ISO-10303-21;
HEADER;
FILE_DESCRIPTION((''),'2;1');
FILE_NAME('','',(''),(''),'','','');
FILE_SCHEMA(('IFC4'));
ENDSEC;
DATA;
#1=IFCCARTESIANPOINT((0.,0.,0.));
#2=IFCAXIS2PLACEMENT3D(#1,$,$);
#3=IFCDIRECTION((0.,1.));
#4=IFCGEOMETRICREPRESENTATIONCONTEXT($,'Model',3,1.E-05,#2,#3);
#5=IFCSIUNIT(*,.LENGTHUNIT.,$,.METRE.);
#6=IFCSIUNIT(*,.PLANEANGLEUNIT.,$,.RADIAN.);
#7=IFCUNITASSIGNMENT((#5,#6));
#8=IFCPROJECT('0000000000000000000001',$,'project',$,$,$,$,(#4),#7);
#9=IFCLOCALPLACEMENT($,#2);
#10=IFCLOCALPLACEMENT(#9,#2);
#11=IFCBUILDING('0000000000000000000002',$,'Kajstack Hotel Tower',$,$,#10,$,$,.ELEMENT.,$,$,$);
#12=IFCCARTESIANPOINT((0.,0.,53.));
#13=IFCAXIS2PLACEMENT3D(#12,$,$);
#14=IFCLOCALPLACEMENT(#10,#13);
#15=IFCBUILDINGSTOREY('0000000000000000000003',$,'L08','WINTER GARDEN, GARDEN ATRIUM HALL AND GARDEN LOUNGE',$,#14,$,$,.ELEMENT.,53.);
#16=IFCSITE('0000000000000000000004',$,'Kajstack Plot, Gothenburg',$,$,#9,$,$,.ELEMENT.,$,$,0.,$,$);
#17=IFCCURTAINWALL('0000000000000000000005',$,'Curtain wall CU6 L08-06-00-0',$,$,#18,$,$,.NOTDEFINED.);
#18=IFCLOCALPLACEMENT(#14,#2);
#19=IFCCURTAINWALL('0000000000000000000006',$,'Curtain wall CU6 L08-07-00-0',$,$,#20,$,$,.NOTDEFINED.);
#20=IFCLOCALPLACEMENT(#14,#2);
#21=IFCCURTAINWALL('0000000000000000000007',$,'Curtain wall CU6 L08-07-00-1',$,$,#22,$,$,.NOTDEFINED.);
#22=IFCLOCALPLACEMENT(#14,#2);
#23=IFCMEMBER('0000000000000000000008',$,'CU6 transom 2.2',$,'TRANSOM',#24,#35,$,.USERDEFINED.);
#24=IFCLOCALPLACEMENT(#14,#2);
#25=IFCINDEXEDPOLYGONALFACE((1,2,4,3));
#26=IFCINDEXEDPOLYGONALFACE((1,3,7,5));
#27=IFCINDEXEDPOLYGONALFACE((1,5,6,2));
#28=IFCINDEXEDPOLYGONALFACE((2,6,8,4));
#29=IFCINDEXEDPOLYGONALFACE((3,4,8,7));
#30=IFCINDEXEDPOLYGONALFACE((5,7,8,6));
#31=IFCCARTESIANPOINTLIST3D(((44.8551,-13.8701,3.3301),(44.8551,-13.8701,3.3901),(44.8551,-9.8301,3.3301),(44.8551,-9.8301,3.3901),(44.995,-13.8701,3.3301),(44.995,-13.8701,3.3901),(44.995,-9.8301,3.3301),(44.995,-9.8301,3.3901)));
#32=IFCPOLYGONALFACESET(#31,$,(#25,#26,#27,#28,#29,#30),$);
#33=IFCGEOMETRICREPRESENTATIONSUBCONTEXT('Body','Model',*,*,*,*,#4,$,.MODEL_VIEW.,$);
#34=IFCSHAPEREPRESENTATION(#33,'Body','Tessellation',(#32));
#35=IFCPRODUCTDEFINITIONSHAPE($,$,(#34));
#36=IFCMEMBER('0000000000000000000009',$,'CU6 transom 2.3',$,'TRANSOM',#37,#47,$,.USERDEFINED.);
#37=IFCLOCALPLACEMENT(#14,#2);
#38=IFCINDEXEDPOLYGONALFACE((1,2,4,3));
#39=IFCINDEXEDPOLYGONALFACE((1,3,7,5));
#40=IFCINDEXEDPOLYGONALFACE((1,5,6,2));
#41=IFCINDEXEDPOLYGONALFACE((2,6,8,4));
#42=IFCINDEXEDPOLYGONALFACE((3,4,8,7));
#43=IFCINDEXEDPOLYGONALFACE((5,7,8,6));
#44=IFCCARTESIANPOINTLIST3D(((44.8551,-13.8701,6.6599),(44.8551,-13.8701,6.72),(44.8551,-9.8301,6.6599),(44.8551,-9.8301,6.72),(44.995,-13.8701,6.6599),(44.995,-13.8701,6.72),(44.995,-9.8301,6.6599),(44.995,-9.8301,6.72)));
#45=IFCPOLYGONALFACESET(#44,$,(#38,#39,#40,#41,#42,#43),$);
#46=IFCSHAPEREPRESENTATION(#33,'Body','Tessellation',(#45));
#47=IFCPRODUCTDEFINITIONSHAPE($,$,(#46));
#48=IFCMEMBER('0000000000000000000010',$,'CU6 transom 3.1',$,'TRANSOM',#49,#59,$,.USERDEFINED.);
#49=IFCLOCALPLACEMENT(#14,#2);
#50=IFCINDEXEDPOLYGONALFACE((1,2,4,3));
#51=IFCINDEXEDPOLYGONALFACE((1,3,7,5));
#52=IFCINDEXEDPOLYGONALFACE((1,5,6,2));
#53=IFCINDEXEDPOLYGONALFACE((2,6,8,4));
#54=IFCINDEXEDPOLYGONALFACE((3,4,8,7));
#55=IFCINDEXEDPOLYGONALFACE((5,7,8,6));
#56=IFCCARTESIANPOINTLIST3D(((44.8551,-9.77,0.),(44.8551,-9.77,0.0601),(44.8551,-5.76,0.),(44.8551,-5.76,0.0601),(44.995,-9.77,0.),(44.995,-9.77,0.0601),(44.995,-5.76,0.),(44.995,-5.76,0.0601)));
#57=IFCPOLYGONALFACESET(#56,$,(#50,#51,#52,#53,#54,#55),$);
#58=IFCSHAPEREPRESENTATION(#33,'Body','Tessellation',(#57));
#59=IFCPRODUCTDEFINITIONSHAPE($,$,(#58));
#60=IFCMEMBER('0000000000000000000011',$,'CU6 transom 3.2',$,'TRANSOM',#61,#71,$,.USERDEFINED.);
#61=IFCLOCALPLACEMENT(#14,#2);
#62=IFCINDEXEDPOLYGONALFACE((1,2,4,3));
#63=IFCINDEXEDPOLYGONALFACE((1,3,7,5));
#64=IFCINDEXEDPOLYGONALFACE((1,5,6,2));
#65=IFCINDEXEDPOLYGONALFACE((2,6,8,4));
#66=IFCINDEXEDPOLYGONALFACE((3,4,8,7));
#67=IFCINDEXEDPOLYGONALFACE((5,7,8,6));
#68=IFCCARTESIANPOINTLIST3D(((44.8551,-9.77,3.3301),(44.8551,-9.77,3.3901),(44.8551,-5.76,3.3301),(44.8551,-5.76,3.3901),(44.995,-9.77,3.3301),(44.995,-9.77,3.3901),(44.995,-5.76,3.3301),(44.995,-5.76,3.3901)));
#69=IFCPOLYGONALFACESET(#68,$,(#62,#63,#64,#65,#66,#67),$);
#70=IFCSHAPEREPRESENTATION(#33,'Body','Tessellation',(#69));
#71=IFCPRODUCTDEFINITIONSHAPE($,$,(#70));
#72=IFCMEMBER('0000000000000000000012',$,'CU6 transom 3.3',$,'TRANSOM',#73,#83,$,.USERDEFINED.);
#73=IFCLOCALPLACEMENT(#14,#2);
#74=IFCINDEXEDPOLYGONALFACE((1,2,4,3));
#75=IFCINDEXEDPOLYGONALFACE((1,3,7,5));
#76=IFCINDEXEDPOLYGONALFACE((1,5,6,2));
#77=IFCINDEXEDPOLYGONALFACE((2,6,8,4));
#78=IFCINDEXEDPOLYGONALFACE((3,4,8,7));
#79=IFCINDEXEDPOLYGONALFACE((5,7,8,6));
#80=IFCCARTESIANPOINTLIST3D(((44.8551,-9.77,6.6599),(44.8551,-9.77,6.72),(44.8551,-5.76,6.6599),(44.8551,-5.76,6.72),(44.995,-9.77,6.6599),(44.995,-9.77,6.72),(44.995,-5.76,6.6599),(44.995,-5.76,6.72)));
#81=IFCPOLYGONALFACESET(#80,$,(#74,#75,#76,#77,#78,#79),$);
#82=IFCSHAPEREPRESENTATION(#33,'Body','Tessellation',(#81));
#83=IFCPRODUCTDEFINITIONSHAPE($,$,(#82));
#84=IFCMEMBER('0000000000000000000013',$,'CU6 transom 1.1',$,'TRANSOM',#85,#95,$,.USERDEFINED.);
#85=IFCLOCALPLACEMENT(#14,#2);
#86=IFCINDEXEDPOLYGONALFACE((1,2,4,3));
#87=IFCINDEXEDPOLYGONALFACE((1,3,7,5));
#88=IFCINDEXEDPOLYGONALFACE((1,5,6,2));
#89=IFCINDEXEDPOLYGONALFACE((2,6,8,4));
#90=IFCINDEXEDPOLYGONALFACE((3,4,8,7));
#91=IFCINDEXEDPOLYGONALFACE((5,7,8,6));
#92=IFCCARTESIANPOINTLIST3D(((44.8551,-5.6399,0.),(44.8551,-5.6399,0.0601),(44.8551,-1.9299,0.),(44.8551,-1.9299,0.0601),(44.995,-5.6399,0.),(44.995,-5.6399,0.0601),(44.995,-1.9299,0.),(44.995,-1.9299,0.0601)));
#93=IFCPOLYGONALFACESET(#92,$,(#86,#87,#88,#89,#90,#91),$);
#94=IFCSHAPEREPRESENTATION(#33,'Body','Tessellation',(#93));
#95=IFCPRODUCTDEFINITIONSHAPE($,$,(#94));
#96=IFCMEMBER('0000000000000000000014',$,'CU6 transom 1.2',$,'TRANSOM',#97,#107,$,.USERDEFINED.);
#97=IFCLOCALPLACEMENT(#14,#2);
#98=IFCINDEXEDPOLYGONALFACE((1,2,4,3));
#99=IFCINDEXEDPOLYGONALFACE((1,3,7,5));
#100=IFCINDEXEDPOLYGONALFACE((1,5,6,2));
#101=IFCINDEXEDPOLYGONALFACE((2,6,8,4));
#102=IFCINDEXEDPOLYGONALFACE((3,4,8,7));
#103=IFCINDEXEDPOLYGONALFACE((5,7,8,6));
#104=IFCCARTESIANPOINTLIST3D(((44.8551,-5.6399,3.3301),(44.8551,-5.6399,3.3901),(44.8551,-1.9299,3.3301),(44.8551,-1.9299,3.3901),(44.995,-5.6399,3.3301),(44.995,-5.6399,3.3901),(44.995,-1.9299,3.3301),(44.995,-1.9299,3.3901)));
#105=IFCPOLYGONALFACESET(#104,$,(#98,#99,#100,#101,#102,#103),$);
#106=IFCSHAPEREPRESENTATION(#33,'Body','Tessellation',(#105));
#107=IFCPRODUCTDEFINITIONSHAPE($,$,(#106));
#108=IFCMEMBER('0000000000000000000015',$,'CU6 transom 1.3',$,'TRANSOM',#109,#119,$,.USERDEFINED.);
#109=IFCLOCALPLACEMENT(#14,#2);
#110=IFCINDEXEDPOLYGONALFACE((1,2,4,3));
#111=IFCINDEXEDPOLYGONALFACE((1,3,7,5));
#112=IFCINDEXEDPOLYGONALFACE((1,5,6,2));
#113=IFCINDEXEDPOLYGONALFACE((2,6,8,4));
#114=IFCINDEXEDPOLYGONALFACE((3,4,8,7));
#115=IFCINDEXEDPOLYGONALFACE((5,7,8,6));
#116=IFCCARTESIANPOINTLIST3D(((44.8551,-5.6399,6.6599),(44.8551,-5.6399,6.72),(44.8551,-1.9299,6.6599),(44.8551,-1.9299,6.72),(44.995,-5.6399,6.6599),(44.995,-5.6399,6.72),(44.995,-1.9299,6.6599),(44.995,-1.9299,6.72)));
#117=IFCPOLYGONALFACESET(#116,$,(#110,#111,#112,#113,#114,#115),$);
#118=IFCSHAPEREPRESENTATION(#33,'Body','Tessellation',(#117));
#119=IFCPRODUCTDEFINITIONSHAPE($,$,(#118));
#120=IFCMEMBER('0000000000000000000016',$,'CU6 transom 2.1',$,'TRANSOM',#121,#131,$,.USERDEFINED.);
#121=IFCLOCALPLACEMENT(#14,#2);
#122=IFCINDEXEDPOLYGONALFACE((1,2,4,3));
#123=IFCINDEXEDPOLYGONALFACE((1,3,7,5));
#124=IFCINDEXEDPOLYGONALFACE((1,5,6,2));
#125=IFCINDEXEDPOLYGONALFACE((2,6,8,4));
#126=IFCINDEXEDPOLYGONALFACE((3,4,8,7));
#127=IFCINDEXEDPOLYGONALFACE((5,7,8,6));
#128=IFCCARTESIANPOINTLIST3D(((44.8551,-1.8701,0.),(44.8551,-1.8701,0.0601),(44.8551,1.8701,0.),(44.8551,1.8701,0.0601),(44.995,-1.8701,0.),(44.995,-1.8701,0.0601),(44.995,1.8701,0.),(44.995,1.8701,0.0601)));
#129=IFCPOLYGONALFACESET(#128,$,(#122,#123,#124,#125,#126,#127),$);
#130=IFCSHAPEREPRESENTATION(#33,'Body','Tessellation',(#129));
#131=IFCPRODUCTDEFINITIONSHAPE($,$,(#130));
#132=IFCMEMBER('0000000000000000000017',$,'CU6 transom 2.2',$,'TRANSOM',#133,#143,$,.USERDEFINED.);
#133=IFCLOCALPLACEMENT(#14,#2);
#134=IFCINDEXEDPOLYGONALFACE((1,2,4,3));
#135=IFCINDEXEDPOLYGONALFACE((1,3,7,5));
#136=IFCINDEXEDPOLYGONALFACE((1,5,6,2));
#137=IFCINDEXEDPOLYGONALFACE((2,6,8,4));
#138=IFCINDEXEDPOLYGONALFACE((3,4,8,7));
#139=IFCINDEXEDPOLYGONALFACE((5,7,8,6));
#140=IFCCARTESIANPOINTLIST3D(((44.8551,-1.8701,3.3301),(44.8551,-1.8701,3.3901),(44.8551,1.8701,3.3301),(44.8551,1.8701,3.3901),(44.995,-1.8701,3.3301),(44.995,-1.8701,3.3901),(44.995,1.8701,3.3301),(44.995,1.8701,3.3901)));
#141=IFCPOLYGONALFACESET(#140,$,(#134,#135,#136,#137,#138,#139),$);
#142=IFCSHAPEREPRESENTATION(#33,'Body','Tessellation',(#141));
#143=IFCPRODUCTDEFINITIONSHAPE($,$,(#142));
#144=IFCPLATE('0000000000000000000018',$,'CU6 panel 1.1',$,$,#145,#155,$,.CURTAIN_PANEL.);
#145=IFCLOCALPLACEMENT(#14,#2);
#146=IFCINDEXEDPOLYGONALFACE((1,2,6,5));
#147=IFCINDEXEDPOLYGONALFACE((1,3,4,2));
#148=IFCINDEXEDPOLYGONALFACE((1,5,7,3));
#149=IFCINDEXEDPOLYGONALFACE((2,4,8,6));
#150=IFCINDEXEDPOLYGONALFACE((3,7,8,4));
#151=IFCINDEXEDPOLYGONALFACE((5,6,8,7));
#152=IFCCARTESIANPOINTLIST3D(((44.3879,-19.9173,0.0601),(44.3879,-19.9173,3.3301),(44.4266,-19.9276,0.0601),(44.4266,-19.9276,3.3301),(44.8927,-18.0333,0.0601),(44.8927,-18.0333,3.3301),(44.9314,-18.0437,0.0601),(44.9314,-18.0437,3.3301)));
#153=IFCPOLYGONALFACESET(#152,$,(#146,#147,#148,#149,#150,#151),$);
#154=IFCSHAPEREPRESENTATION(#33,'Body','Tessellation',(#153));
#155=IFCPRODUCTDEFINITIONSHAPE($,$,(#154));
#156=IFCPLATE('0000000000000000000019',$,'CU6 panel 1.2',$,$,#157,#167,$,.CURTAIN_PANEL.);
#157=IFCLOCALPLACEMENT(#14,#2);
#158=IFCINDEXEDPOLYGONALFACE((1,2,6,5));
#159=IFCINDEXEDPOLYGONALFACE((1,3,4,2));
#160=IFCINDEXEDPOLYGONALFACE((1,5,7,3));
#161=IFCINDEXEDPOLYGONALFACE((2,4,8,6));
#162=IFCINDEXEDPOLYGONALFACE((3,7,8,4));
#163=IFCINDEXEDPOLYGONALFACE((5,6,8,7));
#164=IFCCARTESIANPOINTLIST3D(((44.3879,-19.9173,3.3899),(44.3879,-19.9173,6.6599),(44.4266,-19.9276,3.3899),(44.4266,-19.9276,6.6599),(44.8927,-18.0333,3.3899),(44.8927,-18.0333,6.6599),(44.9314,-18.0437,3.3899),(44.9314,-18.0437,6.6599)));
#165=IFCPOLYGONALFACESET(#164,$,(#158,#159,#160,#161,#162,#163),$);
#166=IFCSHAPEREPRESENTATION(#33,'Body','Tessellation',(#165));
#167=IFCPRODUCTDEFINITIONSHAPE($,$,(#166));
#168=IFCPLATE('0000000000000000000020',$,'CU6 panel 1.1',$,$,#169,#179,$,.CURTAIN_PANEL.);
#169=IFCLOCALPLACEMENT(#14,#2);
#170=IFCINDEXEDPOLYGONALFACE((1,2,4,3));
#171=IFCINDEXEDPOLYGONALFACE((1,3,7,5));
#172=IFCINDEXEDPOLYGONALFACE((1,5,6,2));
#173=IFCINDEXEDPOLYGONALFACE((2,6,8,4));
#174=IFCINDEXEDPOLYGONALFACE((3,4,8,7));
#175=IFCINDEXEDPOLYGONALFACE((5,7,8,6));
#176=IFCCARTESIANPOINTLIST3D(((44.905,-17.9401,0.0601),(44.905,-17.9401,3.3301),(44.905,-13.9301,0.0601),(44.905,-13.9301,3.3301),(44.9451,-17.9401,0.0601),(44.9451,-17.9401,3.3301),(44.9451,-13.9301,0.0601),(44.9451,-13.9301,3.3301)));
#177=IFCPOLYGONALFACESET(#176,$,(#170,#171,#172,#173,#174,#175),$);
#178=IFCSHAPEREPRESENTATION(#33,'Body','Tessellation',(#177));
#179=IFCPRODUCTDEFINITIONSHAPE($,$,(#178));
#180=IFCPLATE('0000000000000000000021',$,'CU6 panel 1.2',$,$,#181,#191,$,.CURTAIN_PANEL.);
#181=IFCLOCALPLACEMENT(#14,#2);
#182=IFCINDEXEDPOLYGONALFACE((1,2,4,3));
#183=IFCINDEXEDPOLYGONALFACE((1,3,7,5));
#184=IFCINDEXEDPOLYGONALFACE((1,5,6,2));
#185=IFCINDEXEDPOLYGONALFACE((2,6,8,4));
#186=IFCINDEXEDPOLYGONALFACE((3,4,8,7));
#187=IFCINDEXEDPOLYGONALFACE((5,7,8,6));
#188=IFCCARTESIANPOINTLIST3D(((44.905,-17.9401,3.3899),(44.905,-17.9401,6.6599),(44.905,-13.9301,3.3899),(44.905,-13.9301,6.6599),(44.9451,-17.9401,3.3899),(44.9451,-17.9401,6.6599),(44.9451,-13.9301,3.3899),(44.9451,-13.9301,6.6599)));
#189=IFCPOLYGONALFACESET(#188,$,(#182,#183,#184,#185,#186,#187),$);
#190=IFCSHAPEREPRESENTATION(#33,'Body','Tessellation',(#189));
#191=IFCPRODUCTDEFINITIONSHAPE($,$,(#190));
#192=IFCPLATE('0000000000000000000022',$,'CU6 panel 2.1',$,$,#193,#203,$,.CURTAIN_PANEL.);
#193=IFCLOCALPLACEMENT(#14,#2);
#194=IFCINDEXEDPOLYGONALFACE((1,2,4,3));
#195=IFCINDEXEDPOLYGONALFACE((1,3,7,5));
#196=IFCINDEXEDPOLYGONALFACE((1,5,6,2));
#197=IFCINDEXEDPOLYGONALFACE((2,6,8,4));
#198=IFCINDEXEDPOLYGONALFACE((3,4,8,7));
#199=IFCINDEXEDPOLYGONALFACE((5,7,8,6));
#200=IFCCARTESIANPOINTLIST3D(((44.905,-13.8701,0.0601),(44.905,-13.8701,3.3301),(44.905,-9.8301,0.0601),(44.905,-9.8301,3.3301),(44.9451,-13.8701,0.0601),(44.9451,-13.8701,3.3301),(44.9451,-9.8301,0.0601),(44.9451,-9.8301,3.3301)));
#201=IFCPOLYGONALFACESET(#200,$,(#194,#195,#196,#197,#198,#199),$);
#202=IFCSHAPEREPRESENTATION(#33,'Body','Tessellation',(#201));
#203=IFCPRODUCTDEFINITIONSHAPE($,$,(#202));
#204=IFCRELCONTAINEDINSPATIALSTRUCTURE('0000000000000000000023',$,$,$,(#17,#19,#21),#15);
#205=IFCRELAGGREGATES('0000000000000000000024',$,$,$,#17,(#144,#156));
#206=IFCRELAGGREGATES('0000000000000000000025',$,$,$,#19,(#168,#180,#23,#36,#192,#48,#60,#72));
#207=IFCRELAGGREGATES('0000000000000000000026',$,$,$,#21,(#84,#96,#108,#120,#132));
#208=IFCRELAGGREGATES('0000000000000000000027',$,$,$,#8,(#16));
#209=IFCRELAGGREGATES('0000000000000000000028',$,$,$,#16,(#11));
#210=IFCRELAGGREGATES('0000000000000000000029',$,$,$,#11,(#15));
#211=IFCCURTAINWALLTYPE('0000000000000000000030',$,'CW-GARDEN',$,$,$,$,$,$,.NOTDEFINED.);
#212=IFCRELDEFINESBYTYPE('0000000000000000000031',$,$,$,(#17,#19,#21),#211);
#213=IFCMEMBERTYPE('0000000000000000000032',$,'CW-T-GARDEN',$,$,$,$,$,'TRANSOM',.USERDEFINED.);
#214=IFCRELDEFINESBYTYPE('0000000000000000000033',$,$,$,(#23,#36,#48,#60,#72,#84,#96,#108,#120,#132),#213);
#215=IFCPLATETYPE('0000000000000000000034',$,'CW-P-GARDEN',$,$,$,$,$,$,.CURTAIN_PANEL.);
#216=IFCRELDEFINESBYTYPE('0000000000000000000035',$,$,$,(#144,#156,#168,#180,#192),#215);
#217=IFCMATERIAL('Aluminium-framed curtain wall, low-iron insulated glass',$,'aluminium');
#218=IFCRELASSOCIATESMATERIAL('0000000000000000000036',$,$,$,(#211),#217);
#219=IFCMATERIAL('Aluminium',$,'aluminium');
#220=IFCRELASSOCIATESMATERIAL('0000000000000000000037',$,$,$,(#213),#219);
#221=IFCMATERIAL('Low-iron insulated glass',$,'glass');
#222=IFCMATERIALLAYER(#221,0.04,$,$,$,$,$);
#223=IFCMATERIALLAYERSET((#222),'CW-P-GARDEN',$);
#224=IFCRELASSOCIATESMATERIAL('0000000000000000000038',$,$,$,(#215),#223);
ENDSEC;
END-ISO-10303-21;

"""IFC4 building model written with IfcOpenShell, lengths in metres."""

from ifc_helpers import new_model, si_unit, direction, frame, origin, origin_2d, place, context, subcontext, project, spatial, rectangle, extrude, material, layer, layer_set, material_profile, profile_set, type_object, element, aggregate, save


model = new_model("IFC4")

# Units and contexts
model_context = context("Model", 3, precision=1e-05, world=origin(), true_north=direction((0.0, 1.0)))
body_context = subcontext(model_context, "Body", "Model", "MODEL_VIEW")
ifc_project = project(units=[si_unit("LENGTHUNIT", "METRE"), si_unit("PLANEANGLEUNIT", "RADIAN")], contexts=[model_context])

# Site, building, storey
site_placement = place(None, origin())
site = spatial("IfcSite", under=ifc_project, at=site_placement, Name="Kajstack Plot, Gothenburg", CompositionType="ELEMENT", RefElevation=0.0)
building_placement = place(site_placement, origin())
building = spatial("IfcBuilding", under=site, at=building_placement, Name="Kajstack Hotel Tower", CompositionType="ELEMENT")
storey_placement = place(building_placement, frame((0.0, 0.0, 53.0)))
storey = spatial("IfcBuildingStorey", under=building, at=storey_placement, Name="L08", Description="WINTER GARDEN, GARDEN ATRIUM HALL AND GARDEN LOUNGE", CompositionType="ELEMENT", Elevation=53.0)

# Curtain wall
ifc_material_1 = material(Name="Aluminium-framed curtain wall, low-iron insulated glass", Category="aluminium")
curtain_wall_type = type_object("IfcCurtainWallType", Name="CW-GARDEN", PredefinedType="NOTDEFINED", material=ifc_material_1)
curtain_wall_1_placement = place(storey_placement, origin())
curtain_wall_1 = element("IfcCurtainWall", 1, at=curtain_wall_1_placement, inside=storey, type_object=curtain_wall_type, Name="Curtain wall CU6 L08-06-00-0", PredefinedType="NOTDEFINED")
ifc_material_2 = material(Name="Aluminium", Category="aluminium")

# Curtain walls
curtain_wall_2_placement = place(storey_placement, origin())
curtain_wall_2 = element("IfcCurtainWall", 2, at=curtain_wall_2_placement, inside=storey, type_object=curtain_wall_type, Name="Curtain wall CU6 L08-07-00-0", PredefinedType="NOTDEFINED")
curtain_wall_3_placement = place(storey_placement, origin())
curtain_wall_3 = element("IfcCurtainWall", 3, at=curtain_wall_3_placement, inside=storey, type_object=curtain_wall_type, Name="Curtain wall CU6 L08-07-00-1", PredefinedType="NOTDEFINED")

# Members
ifc_material_profile_1 = material_profile(ifc_material_2, rectangle(XDim=0.1399, YDim=0.0601, at=origin_2d()), Name="Aluminium transom 140 x 60")
ifc_profile_set_1 = profile_set([ifc_material_profile_1], Name="Aluminium")
member_type_1 = type_object("IfcMemberType", Name="CW-T-GARDEN", ElementType="TRANSOM", PredefinedType="USERDEFINED", material=ifc_profile_set_1)
member_1_placement = place(storey_placement, frame((44.925, -13.8701, 3.3601), z_axis=(0.0, 1.0, 0.0), x_axis=(-1.0, 0.0, 0.0)))
member_1 = element("IfcMember", 4, at=member_1_placement, type_object=member_type_1, Name="CU6 transom 2.2", ObjectType="TRANSOM", PredefinedType="USERDEFINED", context=body_context, shape_type="SweptSolid", body=[
    extrude(rectangle(XDim=0.1399, YDim=0.0601, at=origin_2d()), origin(), (0.0, 0.0, 1.0), 4.04),
])
member_2_placement = place(storey_placement, frame((44.925, -13.8701, 6.6899), z_axis=(0.0, 1.0, 0.0), x_axis=(-1.0, 0.0, 0.0)))
member_2 = element("IfcMember", 5, at=member_2_placement, type_object=member_type_1, Name="CU6 transom 2.3", ObjectType="TRANSOM", PredefinedType="USERDEFINED", context=body_context, shape_type="SweptSolid", body=[
    extrude(rectangle(XDim=0.1399, YDim=0.0601, at=origin_2d()), origin(), (0.0, 0.0, 1.0), 4.04),
])
member_3_placement = place(storey_placement, frame((44.925, -9.77, 0.03), z_axis=(0.0, 1.0, 0.0), x_axis=(-1.0, 0.0, 0.0)))
member_3 = element("IfcMember", 6, at=member_3_placement, type_object=member_type_1, Name="CU6 transom 3.1", ObjectType="TRANSOM", PredefinedType="USERDEFINED", context=body_context, shape_type="SweptSolid", body=[
    extrude(rectangle(XDim=0.1399, YDim=0.0601, at=origin_2d()), origin(), (0.0, 0.0, 1.0), 4.01),
])
member_4_placement = place(storey_placement, frame((44.925, -9.77, 3.3601), z_axis=(0.0, 1.0, 0.0), x_axis=(-1.0, 0.0, 0.0)))
member_4 = element("IfcMember", 7, at=member_4_placement, type_object=member_type_1, Name="CU6 transom 3.2", ObjectType="TRANSOM", PredefinedType="USERDEFINED", context=body_context, shape_type="SweptSolid", body=[
    extrude(rectangle(XDim=0.1399, YDim=0.0601, at=origin_2d()), origin(), (0.0, 0.0, 1.0), 4.01),
])
member_5_placement = place(storey_placement, frame((44.925, -9.77, 6.6899), z_axis=(0.0, 1.0, 0.0), x_axis=(-1.0, 0.0, 0.0)))
member_5 = element("IfcMember", 8, at=member_5_placement, type_object=member_type_1, Name="CU6 transom 3.3", ObjectType="TRANSOM", PredefinedType="USERDEFINED", context=body_context, shape_type="SweptSolid", body=[
    extrude(rectangle(XDim=0.1399, YDim=0.0601, at=origin_2d()), origin(), (0.0, 0.0, 1.0), 4.01),
])
member_6_placement = place(storey_placement, frame((44.925, -5.6399, 0.03), z_axis=(0.0, 1.0, 0.0), x_axis=(-1.0, 0.0, 0.0)))
member_6 = element("IfcMember", 9, at=member_6_placement, type_object=member_type_1, Name="CU6 transom 1.1", ObjectType="TRANSOM", PredefinedType="USERDEFINED", context=body_context, shape_type="SweptSolid", body=[
    extrude(rectangle(XDim=0.1399, YDim=0.0601, at=origin_2d()), origin(), (0.0, 0.0, 1.0), 3.71),
])
member_7_placement = place(storey_placement, frame((44.925, -5.6399, 3.3601), z_axis=(0.0, 1.0, 0.0), x_axis=(-1.0, 0.0, 0.0)))
member_7 = element("IfcMember", 10, at=member_7_placement, type_object=member_type_1, Name="CU6 transom 1.2", ObjectType="TRANSOM", PredefinedType="USERDEFINED", context=body_context, shape_type="SweptSolid", body=[
    extrude(rectangle(XDim=0.1399, YDim=0.0601, at=origin_2d()), origin(), (0.0, 0.0, 1.0), 3.71),
])
member_8_placement = place(storey_placement, frame((44.925, -5.6399, 6.6899), z_axis=(0.0, 1.0, 0.0), x_axis=(-1.0, 0.0, 0.0)))
member_8 = element("IfcMember", 11, at=member_8_placement, type_object=member_type_1, Name="CU6 transom 1.3", ObjectType="TRANSOM", PredefinedType="USERDEFINED", context=body_context, shape_type="SweptSolid", body=[
    extrude(rectangle(XDim=0.1399, YDim=0.0601, at=origin_2d()), origin(), (0.0, 0.0, 1.0), 3.71),
])
member_9_placement = place(storey_placement, frame((44.925, -1.8701, 0.03), z_axis=(0.0, 1.0, 0.0), x_axis=(-1.0, 0.0, 0.0)))
member_9 = element("IfcMember", 12, at=member_9_placement, type_object=member_type_1, Name="CU6 transom 2.1", ObjectType="TRANSOM", PredefinedType="USERDEFINED", context=body_context, shape_type="SweptSolid", body=[
    extrude(rectangle(XDim=0.1399, YDim=0.0601, at=origin_2d()), origin(), (0.0, 0.0, 1.0), 3.7402),
])
member_10_placement = place(storey_placement, frame((44.925, -1.8701, 3.3601), z_axis=(0.0, 1.0, 0.0), x_axis=(-1.0, 0.0, 0.0)))
member_10 = element("IfcMember", 13, at=member_10_placement, type_object=member_type_1, Name="CU6 transom 2.2", ObjectType="TRANSOM", PredefinedType="USERDEFINED", context=body_context, shape_type="SweptSolid", body=[
    extrude(rectangle(XDim=0.1399, YDim=0.0601, at=origin_2d()), origin(), (0.0, 0.0, 1.0), 3.7402),
])

# Plates
ifc_material_3 = material(Name="Low-iron insulated glass", Category="glass")
ifc_layer = layer(ifc_material_3, 0.04)
ifc_layer_set = layer_set([ifc_layer], Name="CW-P-GARDEN")
plate_type = type_object("IfcPlateType", Name="CW-P-GARDEN", PredefinedType="CURTAIN_PANEL", material=ifc_layer_set)
plate_1_placement = place(storey_placement, frame((44.6597, -18.9805, 0.0601), z_axis=(0.0, 0.0, 1.0), x_axis=(0.25882, 0.965926, 0.0)))
plate_1 = element("IfcPlate", 14, at=plate_1_placement, type_object=plate_type, Name="CU6 panel 1.1", PredefinedType="CURTAIN_PANEL", context=body_context, shape_type="SweptSolid", body=[
    extrude(rectangle(XDim=1.9504, YDim=0.04, at=origin_2d()), origin(), (0.0, 0.0, 1.0), 3.27),
])
plate_2_placement = place(storey_placement, frame((44.6597, -18.9805, 3.3899), z_axis=(0.0, 0.0, 1.0), x_axis=(0.25882, 0.965926, 0.0)))
plate_2 = element("IfcPlate", 15, at=plate_2_placement, type_object=plate_type, Name="CU6 panel 1.2", PredefinedType="CURTAIN_PANEL", context=body_context, shape_type="SweptSolid", body=[
    extrude(rectangle(XDim=1.9504, YDim=0.04, at=origin_2d()), origin(), (0.0, 0.0, 1.0), 3.27),
])
aggregate(curtain_wall_1, [plate_1, plate_2])
plate_3_placement = place(storey_placement, frame((44.925, -15.9351, 0.0601), z_axis=(0.0, 0.0, 1.0), x_axis=(0.0, 1.0, 0.0)))
plate_3 = element("IfcPlate", 16, at=plate_3_placement, type_object=plate_type, Name="CU6 panel 1.1", PredefinedType="CURTAIN_PANEL", context=body_context, shape_type="SweptSolid", body=[
    extrude(rectangle(XDim=4.01, YDim=0.04, at=origin_2d()), origin(), (0.0, 0.0, 1.0), 3.27),
])
plate_4_placement = place(storey_placement, frame((44.925, -15.9351, 3.3899), z_axis=(0.0, 0.0, 1.0), x_axis=(0.0, 1.0, 0.0)))
plate_4 = element("IfcPlate", 17, at=plate_4_placement, type_object=plate_type, Name="CU6 panel 1.2", PredefinedType="CURTAIN_PANEL", context=body_context, shape_type="SweptSolid", body=[
    extrude(rectangle(XDim=4.01, YDim=0.04, at=origin_2d()), origin(), (0.0, 0.0, 1.0), 3.27),
])
plate_5_placement = place(storey_placement, frame((44.925, -11.8501, 0.0601), z_axis=(0.0, 0.0, 1.0), x_axis=(0.0, 1.0, 0.0)))
plate_5 = element("IfcPlate", 18, at=plate_5_placement, type_object=plate_type, Name="CU6 panel 2.1", PredefinedType="CURTAIN_PANEL", context=body_context, shape_type="SweptSolid", body=[
    extrude(rectangle(XDim=4.04, YDim=0.04, at=origin_2d()), origin(), (0.0, 0.0, 1.0), 3.27),
])
aggregate(curtain_wall_2, [plate_3, plate_4, member_1, member_2, plate_5, member_3, member_4, member_5])
aggregate(curtain_wall_3, [member_6, member_7, member_8, member_9, member_10])

save(model, "model.ifc")
